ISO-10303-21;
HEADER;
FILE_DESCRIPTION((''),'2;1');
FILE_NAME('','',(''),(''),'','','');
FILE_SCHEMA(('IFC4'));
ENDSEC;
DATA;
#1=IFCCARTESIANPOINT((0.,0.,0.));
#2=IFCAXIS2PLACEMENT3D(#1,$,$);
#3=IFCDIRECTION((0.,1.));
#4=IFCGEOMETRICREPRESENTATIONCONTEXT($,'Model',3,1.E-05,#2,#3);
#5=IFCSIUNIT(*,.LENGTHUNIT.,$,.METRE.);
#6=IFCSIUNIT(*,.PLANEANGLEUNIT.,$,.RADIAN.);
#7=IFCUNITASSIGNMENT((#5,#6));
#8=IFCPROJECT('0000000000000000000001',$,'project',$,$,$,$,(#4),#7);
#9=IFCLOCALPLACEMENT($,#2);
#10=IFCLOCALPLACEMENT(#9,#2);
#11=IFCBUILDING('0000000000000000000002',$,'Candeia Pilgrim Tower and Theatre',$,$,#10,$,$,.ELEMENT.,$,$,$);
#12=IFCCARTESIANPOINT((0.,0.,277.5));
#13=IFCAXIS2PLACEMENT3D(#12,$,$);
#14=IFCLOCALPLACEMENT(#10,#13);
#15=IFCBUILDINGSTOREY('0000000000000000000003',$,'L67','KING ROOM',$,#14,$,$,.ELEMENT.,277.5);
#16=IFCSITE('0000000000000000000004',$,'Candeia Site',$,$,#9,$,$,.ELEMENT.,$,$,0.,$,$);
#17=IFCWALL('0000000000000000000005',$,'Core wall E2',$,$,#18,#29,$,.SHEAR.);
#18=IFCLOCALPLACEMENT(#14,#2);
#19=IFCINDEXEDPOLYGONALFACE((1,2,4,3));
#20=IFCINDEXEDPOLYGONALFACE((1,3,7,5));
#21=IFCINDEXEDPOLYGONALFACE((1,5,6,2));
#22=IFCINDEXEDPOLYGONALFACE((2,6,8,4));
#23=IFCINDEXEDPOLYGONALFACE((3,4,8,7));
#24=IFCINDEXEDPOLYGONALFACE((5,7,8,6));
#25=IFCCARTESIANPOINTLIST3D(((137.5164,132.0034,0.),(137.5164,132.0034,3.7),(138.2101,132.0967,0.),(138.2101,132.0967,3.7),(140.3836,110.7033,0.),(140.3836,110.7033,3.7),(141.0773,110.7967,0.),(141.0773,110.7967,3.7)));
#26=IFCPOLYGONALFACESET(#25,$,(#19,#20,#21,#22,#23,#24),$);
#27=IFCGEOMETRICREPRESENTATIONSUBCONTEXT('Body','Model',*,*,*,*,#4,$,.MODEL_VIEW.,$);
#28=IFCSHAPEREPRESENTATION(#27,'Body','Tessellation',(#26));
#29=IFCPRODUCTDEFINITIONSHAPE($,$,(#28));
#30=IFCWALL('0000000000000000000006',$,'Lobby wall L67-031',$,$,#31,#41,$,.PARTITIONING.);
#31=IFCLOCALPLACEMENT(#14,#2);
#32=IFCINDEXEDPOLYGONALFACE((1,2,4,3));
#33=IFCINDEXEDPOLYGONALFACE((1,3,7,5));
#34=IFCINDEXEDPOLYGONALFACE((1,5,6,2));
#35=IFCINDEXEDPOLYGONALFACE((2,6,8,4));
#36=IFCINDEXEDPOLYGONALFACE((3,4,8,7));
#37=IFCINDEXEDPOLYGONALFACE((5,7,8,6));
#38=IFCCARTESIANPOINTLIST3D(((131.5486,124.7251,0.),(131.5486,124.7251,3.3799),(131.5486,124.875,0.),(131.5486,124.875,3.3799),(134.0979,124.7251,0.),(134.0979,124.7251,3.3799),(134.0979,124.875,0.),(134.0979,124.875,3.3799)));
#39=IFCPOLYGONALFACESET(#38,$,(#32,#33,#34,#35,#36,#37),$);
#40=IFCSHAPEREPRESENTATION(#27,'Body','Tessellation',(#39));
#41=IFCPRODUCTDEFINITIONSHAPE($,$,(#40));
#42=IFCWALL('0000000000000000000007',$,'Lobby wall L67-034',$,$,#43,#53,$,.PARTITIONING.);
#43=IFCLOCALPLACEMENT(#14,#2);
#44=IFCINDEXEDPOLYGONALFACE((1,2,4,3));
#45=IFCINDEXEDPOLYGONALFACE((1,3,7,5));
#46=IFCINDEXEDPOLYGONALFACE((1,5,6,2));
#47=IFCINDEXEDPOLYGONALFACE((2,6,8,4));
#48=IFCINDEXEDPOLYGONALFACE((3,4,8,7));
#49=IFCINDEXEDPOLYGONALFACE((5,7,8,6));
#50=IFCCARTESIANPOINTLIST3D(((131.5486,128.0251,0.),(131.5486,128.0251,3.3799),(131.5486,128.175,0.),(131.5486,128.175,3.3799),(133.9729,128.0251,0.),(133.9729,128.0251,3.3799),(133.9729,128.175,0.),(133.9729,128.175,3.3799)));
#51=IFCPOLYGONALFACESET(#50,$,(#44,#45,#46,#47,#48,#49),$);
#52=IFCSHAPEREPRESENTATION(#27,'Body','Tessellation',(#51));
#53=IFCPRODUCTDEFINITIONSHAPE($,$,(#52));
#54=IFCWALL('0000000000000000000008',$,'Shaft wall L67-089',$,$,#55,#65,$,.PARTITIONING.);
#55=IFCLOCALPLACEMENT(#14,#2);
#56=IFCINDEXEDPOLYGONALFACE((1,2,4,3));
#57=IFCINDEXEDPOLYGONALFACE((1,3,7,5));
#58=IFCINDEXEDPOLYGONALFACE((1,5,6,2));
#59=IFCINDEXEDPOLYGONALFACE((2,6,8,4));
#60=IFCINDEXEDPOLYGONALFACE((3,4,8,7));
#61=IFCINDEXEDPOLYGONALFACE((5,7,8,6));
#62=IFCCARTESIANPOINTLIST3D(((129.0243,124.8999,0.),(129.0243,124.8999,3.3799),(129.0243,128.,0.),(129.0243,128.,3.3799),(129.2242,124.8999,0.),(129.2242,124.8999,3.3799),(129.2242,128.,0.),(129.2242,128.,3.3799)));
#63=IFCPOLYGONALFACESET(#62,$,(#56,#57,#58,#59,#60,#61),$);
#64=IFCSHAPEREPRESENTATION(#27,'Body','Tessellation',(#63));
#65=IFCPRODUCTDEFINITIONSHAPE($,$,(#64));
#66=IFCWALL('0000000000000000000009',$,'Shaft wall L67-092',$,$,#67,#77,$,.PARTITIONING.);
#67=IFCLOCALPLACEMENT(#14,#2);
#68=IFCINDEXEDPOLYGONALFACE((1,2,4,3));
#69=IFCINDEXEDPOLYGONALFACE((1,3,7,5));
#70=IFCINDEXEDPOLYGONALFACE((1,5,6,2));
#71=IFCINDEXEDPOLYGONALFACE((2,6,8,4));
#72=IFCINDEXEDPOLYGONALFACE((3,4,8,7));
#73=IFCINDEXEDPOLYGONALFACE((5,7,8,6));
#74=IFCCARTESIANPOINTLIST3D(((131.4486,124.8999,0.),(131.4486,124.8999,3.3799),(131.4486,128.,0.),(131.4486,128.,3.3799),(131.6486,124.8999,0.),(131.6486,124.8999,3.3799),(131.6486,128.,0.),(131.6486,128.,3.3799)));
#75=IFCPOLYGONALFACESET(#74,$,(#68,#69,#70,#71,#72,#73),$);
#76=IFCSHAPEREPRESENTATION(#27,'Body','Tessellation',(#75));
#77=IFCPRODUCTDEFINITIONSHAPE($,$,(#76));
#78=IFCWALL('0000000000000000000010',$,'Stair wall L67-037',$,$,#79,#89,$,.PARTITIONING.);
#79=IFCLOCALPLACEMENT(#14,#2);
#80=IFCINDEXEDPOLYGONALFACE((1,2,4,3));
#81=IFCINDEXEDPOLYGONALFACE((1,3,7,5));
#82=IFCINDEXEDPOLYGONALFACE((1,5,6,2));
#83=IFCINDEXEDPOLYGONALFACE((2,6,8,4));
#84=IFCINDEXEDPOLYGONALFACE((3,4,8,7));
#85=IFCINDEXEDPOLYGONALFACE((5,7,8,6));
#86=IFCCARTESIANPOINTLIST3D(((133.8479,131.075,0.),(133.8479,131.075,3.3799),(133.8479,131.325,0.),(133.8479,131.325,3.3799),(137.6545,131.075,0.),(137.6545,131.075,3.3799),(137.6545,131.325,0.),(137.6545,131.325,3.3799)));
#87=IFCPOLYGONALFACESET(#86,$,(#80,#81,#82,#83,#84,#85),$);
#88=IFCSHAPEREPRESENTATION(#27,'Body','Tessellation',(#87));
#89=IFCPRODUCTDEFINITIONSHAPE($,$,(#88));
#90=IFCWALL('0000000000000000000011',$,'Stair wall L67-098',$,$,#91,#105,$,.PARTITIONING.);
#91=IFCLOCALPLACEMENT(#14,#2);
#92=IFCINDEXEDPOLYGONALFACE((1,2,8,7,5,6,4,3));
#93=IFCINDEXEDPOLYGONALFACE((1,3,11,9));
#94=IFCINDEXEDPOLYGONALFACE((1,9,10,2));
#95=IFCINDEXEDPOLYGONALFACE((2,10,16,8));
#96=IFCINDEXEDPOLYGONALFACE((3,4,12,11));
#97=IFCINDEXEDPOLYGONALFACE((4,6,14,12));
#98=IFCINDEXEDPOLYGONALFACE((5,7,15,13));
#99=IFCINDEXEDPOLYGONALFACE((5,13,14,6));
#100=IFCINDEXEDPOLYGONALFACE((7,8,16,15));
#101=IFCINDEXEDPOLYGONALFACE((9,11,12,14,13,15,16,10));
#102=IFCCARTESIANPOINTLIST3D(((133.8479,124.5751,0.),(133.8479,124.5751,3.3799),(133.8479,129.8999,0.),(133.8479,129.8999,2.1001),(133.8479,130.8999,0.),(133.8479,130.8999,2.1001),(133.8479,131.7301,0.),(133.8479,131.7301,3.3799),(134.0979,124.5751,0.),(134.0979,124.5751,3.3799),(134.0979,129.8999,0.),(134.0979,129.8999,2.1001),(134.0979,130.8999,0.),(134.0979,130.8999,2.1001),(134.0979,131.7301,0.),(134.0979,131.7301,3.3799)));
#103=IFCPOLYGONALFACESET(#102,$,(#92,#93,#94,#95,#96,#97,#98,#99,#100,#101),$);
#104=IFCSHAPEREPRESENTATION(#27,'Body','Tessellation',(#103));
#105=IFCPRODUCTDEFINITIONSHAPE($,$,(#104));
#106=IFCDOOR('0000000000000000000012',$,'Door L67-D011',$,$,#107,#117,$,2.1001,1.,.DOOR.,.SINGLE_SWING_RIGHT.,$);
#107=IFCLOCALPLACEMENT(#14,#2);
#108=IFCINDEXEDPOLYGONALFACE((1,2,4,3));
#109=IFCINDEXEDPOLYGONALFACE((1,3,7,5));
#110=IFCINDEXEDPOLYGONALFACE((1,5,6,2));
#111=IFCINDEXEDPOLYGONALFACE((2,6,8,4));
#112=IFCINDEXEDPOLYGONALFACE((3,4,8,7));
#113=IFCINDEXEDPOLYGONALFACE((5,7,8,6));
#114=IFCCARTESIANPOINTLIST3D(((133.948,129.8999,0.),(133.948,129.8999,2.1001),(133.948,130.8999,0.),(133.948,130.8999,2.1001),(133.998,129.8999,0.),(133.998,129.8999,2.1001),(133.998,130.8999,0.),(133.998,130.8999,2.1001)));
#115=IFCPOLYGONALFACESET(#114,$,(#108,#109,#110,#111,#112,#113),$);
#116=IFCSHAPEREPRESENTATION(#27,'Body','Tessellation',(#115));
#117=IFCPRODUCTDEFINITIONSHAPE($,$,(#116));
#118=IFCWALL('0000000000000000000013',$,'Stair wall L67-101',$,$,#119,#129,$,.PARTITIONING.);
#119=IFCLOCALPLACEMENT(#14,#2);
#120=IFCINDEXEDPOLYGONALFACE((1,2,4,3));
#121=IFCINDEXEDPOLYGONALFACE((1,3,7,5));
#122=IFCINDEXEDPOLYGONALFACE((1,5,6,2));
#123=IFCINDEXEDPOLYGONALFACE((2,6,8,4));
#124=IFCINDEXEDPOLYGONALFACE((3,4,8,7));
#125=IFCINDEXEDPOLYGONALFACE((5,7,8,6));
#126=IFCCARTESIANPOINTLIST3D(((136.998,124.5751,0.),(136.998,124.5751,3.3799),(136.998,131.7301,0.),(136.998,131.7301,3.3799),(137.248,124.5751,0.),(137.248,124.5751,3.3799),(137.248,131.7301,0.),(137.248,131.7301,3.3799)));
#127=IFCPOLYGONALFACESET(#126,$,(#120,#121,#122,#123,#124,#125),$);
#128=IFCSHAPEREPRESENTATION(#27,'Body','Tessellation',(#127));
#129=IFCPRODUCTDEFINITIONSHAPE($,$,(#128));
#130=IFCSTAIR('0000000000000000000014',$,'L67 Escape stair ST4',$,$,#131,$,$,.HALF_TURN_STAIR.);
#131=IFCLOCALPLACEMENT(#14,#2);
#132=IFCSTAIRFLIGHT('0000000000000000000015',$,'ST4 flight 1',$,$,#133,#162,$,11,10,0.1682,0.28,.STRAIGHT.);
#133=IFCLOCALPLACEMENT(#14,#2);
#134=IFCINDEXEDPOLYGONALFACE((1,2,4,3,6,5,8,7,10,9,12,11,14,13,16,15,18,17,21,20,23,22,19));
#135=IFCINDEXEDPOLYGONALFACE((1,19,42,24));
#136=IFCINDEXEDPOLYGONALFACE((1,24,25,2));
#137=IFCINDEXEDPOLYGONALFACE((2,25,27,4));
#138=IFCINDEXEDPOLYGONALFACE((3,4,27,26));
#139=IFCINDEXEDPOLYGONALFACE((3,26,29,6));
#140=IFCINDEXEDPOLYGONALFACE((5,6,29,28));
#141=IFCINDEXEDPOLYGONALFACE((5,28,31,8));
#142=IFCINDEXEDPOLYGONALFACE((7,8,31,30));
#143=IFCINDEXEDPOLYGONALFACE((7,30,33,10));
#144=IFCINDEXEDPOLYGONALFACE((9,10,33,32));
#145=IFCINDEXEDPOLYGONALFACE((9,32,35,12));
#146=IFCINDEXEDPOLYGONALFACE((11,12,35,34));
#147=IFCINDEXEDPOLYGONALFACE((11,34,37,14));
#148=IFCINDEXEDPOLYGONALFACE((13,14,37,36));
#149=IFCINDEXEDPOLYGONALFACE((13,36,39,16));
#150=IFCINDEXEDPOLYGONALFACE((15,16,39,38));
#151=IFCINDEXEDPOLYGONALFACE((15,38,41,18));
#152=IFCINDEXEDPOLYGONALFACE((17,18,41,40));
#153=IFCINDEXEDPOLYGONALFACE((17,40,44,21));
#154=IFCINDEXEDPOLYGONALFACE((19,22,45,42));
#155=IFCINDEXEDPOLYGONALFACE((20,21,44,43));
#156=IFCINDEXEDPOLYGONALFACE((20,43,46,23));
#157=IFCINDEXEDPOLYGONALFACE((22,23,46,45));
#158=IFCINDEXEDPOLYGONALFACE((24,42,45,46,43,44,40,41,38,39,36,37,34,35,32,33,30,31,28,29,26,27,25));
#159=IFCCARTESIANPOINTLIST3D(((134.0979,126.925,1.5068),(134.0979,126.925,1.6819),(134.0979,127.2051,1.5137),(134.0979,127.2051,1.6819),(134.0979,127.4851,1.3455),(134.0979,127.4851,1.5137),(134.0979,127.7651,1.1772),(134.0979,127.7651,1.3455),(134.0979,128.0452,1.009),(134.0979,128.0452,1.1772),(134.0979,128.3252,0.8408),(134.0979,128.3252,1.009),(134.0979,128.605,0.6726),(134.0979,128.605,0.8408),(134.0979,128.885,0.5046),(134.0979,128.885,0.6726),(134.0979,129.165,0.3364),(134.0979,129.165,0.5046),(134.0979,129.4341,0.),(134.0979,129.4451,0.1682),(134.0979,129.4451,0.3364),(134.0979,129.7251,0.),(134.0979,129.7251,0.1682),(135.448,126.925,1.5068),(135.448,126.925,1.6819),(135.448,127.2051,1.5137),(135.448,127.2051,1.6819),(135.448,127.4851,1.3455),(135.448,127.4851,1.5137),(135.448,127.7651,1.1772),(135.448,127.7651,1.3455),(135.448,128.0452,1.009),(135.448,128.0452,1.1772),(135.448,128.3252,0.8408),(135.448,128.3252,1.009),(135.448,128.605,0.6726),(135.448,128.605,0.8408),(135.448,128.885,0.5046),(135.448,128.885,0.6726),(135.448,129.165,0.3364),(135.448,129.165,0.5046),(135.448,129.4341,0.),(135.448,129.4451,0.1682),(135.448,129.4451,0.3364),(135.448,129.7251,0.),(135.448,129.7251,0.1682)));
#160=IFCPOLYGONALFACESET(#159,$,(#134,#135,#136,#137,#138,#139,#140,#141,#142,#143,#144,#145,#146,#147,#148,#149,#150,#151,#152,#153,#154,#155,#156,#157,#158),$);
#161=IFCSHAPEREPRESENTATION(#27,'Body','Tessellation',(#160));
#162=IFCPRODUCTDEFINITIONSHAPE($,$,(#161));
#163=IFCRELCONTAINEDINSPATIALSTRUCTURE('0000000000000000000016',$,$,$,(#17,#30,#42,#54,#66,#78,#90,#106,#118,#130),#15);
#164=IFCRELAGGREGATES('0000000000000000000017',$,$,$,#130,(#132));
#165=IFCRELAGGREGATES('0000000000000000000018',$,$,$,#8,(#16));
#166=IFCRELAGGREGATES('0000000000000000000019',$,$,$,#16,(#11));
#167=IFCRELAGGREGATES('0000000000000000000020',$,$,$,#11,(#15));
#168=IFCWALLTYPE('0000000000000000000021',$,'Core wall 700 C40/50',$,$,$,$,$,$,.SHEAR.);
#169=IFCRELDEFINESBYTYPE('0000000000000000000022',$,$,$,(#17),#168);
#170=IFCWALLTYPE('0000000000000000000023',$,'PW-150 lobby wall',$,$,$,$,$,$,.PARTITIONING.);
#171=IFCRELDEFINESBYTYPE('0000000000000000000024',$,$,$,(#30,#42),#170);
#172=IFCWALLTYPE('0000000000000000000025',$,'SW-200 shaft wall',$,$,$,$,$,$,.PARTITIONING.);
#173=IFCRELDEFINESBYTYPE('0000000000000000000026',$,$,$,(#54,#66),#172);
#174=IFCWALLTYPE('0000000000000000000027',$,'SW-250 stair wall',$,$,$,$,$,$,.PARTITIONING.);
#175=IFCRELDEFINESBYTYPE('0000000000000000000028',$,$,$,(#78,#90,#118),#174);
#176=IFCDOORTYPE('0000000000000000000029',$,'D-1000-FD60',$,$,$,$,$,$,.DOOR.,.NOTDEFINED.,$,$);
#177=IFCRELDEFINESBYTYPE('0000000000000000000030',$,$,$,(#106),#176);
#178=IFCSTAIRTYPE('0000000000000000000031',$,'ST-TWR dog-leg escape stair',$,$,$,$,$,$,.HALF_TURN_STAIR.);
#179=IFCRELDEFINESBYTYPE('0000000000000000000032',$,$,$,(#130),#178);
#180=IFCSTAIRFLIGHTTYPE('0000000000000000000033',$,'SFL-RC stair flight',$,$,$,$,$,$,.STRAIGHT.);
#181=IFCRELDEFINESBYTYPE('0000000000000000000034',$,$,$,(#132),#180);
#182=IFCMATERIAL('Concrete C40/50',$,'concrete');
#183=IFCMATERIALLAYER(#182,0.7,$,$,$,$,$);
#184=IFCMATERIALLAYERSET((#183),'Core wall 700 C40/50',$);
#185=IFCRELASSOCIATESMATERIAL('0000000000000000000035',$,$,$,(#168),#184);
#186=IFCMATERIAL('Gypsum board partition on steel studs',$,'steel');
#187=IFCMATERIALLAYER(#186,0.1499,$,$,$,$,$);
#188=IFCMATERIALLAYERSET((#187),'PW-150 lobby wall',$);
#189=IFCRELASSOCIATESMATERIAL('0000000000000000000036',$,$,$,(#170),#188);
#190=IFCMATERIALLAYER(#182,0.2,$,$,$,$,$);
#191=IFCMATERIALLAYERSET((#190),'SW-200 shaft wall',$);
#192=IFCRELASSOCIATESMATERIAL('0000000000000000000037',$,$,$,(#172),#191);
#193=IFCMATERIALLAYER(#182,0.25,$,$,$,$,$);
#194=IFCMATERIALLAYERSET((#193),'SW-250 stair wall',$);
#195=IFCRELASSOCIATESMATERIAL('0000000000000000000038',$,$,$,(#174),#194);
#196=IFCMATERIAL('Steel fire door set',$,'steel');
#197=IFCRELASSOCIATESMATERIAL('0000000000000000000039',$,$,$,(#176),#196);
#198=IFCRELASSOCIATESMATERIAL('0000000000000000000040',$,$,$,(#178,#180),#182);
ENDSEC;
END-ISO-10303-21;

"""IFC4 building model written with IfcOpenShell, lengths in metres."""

from ifc_helpers import new_model, si_unit, direction, frame, frame_2d, origin, place, context, subcontext, project, spatial, polyline, rectangle, outline, extrude, material, layer, layer_set, type_object, element, fill, aggregate, save


model = new_model("IFC4")

# Units and contexts
model_context = context("Model", 3, precision=1e-05, world=origin(), true_north=direction((0.0, 1.0)))
body_context = subcontext(model_context, "Body", "Model", "MODEL_VIEW")
ifc_project = project(units=[si_unit("LENGTHUNIT", "METRE"), si_unit("PLANEANGLEUNIT", "RADIAN")], contexts=[model_context])

# Site, building, storey
site_placement = place(None, origin())
site = spatial("IfcSite", under=ifc_project, at=site_placement, Name="Candeia Site", CompositionType="ELEMENT", RefElevation=0.0)
building_placement = place(site_placement, origin())
building = spatial("IfcBuilding", under=site, at=building_placement, Name="Candeia Pilgrim Tower and Theatre", CompositionType="ELEMENT")
storey_placement = place(building_placement, frame((0.0, 0.0, 277.5)))
storey = spatial("IfcBuildingStorey", under=building, at=storey_placement, Name="L67", Description="KING ROOM", CompositionType="ELEMENT", Elevation=277.5)

# Wall
ifc_material_1 = material(Name="Concrete C40/50", Category="concrete")
ifc_layer_1 = layer(ifc_material_1, 0.7)
ifc_layer_set_1 = layer_set([ifc_layer_1], Name="Core wall 700 C40/50")
wall_type_1 = type_object("IfcWallType", Name="Core wall 700 C40/50", PredefinedType="SHEAR", material=ifc_layer_set_1)
wall_1_placement = place(storey_placement, frame((137.8633, 132.05, 0.0), z_axis=(0.0, 0.0, 1.0), x_axis=(0.133406, -0.991061, 0.0)))
element("IfcWall", 1, at=wall_1_placement, inside=storey, type_object=wall_type_1, Name="Core wall E2", PredefinedType="SHEAR", context=body_context, shape_type="SweptSolid", body=[
    extrude(rectangle(XDim=21.4922, YDim=0.7, at=frame_2d((10.7461, 0.0))), origin(), (0.0, 0.0, 1.0), 3.7),
])

# Walls
ifc_material_2 = material(Name="Gypsum board partition on steel studs", Category="steel")
ifc_layer_2 = layer(ifc_material_2, 0.1499)
ifc_layer_set_2 = layer_set([ifc_layer_2], Name="PW-150 lobby wall")
wall_type_2 = type_object("IfcWallType", Name="PW-150 lobby wall", PredefinedType="PARTITIONING", material=ifc_layer_set_2)
wall_2_placement = place(storey_placement, frame((131.5486, 124.8, 0.0), z_axis=(0.0, 0.0, 1.0), x_axis=(1.0, 0.0, 0.0)))
element("IfcWall", 2, at=wall_2_placement, inside=storey, type_object=wall_type_2, Name="Lobby wall L67-031", PredefinedType="PARTITIONING", context=body_context, shape_type="SweptSolid", body=[
    extrude(rectangle(XDim=2.5493, YDim=0.1499, at=frame_2d((1.2747, 0.0))), origin(), (0.0, 0.0, 1.0), 3.3799),
])
wall_3_placement = place(storey_placement, frame((131.5486, 128.1001, 0.0), z_axis=(0.0, 0.0, 1.0), x_axis=(1.0, 0.0, 0.0)))
element("IfcWall", 3, at=wall_3_placement, inside=storey, type_object=wall_type_2, Name="Lobby wall L67-034", PredefinedType="PARTITIONING", context=body_context, shape_type="SweptSolid", body=[
    extrude(rectangle(XDim=2.4243, YDim=0.1499, at=frame_2d((1.2122, 0.0))), origin(), (0.0, 0.0, 1.0), 3.3799),
])
ifc_layer_3 = layer(ifc_material_1, 0.2)
ifc_layer_set_3 = layer_set([ifc_layer_3], Name="SW-200 shaft wall")
wall_type_3 = type_object("IfcWallType", Name="SW-200 shaft wall", PredefinedType="PARTITIONING", material=ifc_layer_set_3)
for number, where, z_axis, x_axis, name in (
    (4, (129.1243, 124.8999, 0.0), (0.0, 0.0, 1.0), (0.0, 1.0, 0.0), "Shaft wall L67-089"),
    (5, (131.5486, 124.8999, 0.0), (0.0, 0.0, 1.0), (0.0, 1.0, 0.0), "Shaft wall L67-092"),
):
    element("IfcWall", number, at=place(storey_placement, frame(where, z_axis=z_axis, x_axis=x_axis)), inside=storey, type_object=wall_type_3, Name=name, PredefinedType="PARTITIONING", context=body_context, shape_type="SweptSolid", body=[
        extrude(rectangle(XDim=3.1001, YDim=0.2, at=frame_2d((1.55, 0.0))), origin(), (0.0, 0.0, 1.0), 3.3799),
    ])
ifc_layer_4 = layer(ifc_material_1, 0.25)
ifc_layer_set_4 = layer_set([ifc_layer_4], Name="SW-250 stair wall")
wall_type_4 = type_object("IfcWallType", Name="SW-250 stair wall", PredefinedType="PARTITIONING", material=ifc_layer_set_4)
wall_4_placement = place(storey_placement, frame((133.8479, 131.2, 0.0), z_axis=(0.0, 0.0, 1.0), x_axis=(1.0, 0.0, 0.0)))
element("IfcWall", 6, at=wall_4_placement, inside=storey, type_object=wall_type_4, Name="Stair wall L67-037", PredefinedType="PARTITIONING", context=body_context, shape_type="SweptSolid", body=[
    extrude(rectangle(XDim=3.8066, YDim=0.25, at=frame_2d((1.9033, 0.0))), origin(), (0.0, 0.0, 1.0), 3.3799),
])

# Wall, opening, door
wall_5_placement = place(storey_placement, frame((133.9729, 124.575, 0.0), z_axis=(0.0, 0.0, 1.0), x_axis=(0.0, 1.0, 0.0)))
wall_5 = element("IfcWall", 7, at=wall_5_placement, inside=storey, type_object=wall_type_4, Name="Stair wall L67-098", PredefinedType="PARTITIONING", context=body_context, shape_type="SweptSolid", body=[
    extrude(rectangle(XDim=7.155, YDim=0.25, at=frame_2d((3.5776, 0.0))), origin(), (0.0, 0.0, 1.0), 3.3799),
])
opening_1_placement = place(wall_5_placement, frame((5.325, 0.0, 0.0)))
opening_1 = element("IfcOpeningElement", 8, at=opening_1_placement, cuts=wall_5, PredefinedType="OPENING", context=body_context, shape_type="SweptSolid", body=[
    extrude(rectangle(XDim=1.0, YDim=2.1001, at=frame_2d((0.5, 1.05))), frame((0.0, 0.135, 0.0), z_axis=(0.0, -1.0, 0.0), x_axis=(1.0, 0.0, 0.0)), (0.0, 0.0, 1.0), 0.27),
])
ifc_material_3 = material(Name="Steel fire door set", Category="steel")
door_type_1 = type_object("IfcDoorType", Name="D-1000-FD60", OperationType="NOTDEFINED", PredefinedType="DOOR", material=ifc_material_3)
door_1_placement = place(opening_1_placement, origin())
door_1 = element("IfcDoor", 9, at=door_1_placement, inside=storey, type_object=door_type_1, Name="Door L67-D011", OperationType="SINGLE_SWING_RIGHT", OverallHeight=2.1001, OverallWidth=1.0, PredefinedType="DOOR", context=body_context, shape_type="SweptSolid", body=[
    extrude(rectangle(XDim=1.0, YDim=2.1001, at=frame_2d((0.5, 1.05))), frame((0.0, 0.0249, 0.0), z_axis=(0.0, -1.0, 0.0), x_axis=(1.0, 0.0, 0.0)), (0.0, 0.0, 1.0), 0.05),
])
fill(opening_1, door_1)

# Wall
wall_6_placement = place(storey_placement, frame((137.123, 124.575, 0.0), z_axis=(0.0, 0.0, 1.0), x_axis=(0.0, 1.0, 0.0)))
element("IfcWall", 10, at=wall_6_placement, inside=storey, type_object=wall_type_4, Name="Stair wall L67-101", PredefinedType="PARTITIONING", context=body_context, shape_type="SweptSolid", body=[
    extrude(rectangle(XDim=7.155, YDim=0.25, at=frame_2d((3.5776, 0.0))), origin(), (0.0, 0.0, 1.0), 3.3799),
])

# Stair, stair flight
stair_type = type_object("IfcStairType", Name="ST-TWR dog-leg escape stair", PredefinedType="HALF_TURN_STAIR", material=ifc_material_1)
stair_placement = place(storey_placement, origin())
stair = element("IfcStair", 11, at=stair_placement, inside=storey, type_object=stair_type, Name="L67 Escape stair ST4", PredefinedType="HALF_TURN_STAIR")
stair_flight_type = type_object("IfcStairFlightType", Name="SFL-RC stair flight", PredefinedType="STRAIGHT", material=ifc_material_1)
stair_flight_1_placement = place(storey_placement, frame((134.7729, 129.7251, 0.0), z_axis=(0.0, 0.0, 1.0), x_axis=(0.0, -1.0, 0.0)))
stair_flight_1 = element("IfcStairFlight", 12, at=stair_flight_1_placement, type_object=stair_flight_type, Name="ST4 flight 1", NumberOfRisers=11, NumberOfTreads=10, PredefinedType="STRAIGHT", RiserHeight=0.1682, TreadLength=0.28, context=body_context, shape_type="SweptSolid", body=[
    extrude(outline(polyline([(0.0, 0.0), (0.0, 0.1682), (0.28, 0.1682), (0.28, 0.3364), (0.5601, 0.3364), (0.5601, 0.5046), (0.8401, 0.5046), (0.8401, 0.6726), (1.1201, 0.6726), (1.1201, 0.8408), (1.3999, 0.8408), (1.3999, 1.009), (1.6799, 1.009), (1.6799, 1.1772), (1.96, 1.1772), (1.96, 1.3455), (2.24, 1.3455), (2.24, 1.5137), (2.52, 1.5137), (2.52, 1.6819), (2.8, 1.6819), (2.8, 1.8501), (2.8, 1.5068), (0.291, 0.0), (0.0, 0.0)])), frame((0.0, 0.675, 0.0), z_axis=(0.0, -1.0, 0.0), x_axis=(1.0, 0.0, 0.0)), (0.0, 0.0, 1.0), 1.3501),
])
aggregate(stair, [stair_flight_1])

save(model, "model.ifc")
